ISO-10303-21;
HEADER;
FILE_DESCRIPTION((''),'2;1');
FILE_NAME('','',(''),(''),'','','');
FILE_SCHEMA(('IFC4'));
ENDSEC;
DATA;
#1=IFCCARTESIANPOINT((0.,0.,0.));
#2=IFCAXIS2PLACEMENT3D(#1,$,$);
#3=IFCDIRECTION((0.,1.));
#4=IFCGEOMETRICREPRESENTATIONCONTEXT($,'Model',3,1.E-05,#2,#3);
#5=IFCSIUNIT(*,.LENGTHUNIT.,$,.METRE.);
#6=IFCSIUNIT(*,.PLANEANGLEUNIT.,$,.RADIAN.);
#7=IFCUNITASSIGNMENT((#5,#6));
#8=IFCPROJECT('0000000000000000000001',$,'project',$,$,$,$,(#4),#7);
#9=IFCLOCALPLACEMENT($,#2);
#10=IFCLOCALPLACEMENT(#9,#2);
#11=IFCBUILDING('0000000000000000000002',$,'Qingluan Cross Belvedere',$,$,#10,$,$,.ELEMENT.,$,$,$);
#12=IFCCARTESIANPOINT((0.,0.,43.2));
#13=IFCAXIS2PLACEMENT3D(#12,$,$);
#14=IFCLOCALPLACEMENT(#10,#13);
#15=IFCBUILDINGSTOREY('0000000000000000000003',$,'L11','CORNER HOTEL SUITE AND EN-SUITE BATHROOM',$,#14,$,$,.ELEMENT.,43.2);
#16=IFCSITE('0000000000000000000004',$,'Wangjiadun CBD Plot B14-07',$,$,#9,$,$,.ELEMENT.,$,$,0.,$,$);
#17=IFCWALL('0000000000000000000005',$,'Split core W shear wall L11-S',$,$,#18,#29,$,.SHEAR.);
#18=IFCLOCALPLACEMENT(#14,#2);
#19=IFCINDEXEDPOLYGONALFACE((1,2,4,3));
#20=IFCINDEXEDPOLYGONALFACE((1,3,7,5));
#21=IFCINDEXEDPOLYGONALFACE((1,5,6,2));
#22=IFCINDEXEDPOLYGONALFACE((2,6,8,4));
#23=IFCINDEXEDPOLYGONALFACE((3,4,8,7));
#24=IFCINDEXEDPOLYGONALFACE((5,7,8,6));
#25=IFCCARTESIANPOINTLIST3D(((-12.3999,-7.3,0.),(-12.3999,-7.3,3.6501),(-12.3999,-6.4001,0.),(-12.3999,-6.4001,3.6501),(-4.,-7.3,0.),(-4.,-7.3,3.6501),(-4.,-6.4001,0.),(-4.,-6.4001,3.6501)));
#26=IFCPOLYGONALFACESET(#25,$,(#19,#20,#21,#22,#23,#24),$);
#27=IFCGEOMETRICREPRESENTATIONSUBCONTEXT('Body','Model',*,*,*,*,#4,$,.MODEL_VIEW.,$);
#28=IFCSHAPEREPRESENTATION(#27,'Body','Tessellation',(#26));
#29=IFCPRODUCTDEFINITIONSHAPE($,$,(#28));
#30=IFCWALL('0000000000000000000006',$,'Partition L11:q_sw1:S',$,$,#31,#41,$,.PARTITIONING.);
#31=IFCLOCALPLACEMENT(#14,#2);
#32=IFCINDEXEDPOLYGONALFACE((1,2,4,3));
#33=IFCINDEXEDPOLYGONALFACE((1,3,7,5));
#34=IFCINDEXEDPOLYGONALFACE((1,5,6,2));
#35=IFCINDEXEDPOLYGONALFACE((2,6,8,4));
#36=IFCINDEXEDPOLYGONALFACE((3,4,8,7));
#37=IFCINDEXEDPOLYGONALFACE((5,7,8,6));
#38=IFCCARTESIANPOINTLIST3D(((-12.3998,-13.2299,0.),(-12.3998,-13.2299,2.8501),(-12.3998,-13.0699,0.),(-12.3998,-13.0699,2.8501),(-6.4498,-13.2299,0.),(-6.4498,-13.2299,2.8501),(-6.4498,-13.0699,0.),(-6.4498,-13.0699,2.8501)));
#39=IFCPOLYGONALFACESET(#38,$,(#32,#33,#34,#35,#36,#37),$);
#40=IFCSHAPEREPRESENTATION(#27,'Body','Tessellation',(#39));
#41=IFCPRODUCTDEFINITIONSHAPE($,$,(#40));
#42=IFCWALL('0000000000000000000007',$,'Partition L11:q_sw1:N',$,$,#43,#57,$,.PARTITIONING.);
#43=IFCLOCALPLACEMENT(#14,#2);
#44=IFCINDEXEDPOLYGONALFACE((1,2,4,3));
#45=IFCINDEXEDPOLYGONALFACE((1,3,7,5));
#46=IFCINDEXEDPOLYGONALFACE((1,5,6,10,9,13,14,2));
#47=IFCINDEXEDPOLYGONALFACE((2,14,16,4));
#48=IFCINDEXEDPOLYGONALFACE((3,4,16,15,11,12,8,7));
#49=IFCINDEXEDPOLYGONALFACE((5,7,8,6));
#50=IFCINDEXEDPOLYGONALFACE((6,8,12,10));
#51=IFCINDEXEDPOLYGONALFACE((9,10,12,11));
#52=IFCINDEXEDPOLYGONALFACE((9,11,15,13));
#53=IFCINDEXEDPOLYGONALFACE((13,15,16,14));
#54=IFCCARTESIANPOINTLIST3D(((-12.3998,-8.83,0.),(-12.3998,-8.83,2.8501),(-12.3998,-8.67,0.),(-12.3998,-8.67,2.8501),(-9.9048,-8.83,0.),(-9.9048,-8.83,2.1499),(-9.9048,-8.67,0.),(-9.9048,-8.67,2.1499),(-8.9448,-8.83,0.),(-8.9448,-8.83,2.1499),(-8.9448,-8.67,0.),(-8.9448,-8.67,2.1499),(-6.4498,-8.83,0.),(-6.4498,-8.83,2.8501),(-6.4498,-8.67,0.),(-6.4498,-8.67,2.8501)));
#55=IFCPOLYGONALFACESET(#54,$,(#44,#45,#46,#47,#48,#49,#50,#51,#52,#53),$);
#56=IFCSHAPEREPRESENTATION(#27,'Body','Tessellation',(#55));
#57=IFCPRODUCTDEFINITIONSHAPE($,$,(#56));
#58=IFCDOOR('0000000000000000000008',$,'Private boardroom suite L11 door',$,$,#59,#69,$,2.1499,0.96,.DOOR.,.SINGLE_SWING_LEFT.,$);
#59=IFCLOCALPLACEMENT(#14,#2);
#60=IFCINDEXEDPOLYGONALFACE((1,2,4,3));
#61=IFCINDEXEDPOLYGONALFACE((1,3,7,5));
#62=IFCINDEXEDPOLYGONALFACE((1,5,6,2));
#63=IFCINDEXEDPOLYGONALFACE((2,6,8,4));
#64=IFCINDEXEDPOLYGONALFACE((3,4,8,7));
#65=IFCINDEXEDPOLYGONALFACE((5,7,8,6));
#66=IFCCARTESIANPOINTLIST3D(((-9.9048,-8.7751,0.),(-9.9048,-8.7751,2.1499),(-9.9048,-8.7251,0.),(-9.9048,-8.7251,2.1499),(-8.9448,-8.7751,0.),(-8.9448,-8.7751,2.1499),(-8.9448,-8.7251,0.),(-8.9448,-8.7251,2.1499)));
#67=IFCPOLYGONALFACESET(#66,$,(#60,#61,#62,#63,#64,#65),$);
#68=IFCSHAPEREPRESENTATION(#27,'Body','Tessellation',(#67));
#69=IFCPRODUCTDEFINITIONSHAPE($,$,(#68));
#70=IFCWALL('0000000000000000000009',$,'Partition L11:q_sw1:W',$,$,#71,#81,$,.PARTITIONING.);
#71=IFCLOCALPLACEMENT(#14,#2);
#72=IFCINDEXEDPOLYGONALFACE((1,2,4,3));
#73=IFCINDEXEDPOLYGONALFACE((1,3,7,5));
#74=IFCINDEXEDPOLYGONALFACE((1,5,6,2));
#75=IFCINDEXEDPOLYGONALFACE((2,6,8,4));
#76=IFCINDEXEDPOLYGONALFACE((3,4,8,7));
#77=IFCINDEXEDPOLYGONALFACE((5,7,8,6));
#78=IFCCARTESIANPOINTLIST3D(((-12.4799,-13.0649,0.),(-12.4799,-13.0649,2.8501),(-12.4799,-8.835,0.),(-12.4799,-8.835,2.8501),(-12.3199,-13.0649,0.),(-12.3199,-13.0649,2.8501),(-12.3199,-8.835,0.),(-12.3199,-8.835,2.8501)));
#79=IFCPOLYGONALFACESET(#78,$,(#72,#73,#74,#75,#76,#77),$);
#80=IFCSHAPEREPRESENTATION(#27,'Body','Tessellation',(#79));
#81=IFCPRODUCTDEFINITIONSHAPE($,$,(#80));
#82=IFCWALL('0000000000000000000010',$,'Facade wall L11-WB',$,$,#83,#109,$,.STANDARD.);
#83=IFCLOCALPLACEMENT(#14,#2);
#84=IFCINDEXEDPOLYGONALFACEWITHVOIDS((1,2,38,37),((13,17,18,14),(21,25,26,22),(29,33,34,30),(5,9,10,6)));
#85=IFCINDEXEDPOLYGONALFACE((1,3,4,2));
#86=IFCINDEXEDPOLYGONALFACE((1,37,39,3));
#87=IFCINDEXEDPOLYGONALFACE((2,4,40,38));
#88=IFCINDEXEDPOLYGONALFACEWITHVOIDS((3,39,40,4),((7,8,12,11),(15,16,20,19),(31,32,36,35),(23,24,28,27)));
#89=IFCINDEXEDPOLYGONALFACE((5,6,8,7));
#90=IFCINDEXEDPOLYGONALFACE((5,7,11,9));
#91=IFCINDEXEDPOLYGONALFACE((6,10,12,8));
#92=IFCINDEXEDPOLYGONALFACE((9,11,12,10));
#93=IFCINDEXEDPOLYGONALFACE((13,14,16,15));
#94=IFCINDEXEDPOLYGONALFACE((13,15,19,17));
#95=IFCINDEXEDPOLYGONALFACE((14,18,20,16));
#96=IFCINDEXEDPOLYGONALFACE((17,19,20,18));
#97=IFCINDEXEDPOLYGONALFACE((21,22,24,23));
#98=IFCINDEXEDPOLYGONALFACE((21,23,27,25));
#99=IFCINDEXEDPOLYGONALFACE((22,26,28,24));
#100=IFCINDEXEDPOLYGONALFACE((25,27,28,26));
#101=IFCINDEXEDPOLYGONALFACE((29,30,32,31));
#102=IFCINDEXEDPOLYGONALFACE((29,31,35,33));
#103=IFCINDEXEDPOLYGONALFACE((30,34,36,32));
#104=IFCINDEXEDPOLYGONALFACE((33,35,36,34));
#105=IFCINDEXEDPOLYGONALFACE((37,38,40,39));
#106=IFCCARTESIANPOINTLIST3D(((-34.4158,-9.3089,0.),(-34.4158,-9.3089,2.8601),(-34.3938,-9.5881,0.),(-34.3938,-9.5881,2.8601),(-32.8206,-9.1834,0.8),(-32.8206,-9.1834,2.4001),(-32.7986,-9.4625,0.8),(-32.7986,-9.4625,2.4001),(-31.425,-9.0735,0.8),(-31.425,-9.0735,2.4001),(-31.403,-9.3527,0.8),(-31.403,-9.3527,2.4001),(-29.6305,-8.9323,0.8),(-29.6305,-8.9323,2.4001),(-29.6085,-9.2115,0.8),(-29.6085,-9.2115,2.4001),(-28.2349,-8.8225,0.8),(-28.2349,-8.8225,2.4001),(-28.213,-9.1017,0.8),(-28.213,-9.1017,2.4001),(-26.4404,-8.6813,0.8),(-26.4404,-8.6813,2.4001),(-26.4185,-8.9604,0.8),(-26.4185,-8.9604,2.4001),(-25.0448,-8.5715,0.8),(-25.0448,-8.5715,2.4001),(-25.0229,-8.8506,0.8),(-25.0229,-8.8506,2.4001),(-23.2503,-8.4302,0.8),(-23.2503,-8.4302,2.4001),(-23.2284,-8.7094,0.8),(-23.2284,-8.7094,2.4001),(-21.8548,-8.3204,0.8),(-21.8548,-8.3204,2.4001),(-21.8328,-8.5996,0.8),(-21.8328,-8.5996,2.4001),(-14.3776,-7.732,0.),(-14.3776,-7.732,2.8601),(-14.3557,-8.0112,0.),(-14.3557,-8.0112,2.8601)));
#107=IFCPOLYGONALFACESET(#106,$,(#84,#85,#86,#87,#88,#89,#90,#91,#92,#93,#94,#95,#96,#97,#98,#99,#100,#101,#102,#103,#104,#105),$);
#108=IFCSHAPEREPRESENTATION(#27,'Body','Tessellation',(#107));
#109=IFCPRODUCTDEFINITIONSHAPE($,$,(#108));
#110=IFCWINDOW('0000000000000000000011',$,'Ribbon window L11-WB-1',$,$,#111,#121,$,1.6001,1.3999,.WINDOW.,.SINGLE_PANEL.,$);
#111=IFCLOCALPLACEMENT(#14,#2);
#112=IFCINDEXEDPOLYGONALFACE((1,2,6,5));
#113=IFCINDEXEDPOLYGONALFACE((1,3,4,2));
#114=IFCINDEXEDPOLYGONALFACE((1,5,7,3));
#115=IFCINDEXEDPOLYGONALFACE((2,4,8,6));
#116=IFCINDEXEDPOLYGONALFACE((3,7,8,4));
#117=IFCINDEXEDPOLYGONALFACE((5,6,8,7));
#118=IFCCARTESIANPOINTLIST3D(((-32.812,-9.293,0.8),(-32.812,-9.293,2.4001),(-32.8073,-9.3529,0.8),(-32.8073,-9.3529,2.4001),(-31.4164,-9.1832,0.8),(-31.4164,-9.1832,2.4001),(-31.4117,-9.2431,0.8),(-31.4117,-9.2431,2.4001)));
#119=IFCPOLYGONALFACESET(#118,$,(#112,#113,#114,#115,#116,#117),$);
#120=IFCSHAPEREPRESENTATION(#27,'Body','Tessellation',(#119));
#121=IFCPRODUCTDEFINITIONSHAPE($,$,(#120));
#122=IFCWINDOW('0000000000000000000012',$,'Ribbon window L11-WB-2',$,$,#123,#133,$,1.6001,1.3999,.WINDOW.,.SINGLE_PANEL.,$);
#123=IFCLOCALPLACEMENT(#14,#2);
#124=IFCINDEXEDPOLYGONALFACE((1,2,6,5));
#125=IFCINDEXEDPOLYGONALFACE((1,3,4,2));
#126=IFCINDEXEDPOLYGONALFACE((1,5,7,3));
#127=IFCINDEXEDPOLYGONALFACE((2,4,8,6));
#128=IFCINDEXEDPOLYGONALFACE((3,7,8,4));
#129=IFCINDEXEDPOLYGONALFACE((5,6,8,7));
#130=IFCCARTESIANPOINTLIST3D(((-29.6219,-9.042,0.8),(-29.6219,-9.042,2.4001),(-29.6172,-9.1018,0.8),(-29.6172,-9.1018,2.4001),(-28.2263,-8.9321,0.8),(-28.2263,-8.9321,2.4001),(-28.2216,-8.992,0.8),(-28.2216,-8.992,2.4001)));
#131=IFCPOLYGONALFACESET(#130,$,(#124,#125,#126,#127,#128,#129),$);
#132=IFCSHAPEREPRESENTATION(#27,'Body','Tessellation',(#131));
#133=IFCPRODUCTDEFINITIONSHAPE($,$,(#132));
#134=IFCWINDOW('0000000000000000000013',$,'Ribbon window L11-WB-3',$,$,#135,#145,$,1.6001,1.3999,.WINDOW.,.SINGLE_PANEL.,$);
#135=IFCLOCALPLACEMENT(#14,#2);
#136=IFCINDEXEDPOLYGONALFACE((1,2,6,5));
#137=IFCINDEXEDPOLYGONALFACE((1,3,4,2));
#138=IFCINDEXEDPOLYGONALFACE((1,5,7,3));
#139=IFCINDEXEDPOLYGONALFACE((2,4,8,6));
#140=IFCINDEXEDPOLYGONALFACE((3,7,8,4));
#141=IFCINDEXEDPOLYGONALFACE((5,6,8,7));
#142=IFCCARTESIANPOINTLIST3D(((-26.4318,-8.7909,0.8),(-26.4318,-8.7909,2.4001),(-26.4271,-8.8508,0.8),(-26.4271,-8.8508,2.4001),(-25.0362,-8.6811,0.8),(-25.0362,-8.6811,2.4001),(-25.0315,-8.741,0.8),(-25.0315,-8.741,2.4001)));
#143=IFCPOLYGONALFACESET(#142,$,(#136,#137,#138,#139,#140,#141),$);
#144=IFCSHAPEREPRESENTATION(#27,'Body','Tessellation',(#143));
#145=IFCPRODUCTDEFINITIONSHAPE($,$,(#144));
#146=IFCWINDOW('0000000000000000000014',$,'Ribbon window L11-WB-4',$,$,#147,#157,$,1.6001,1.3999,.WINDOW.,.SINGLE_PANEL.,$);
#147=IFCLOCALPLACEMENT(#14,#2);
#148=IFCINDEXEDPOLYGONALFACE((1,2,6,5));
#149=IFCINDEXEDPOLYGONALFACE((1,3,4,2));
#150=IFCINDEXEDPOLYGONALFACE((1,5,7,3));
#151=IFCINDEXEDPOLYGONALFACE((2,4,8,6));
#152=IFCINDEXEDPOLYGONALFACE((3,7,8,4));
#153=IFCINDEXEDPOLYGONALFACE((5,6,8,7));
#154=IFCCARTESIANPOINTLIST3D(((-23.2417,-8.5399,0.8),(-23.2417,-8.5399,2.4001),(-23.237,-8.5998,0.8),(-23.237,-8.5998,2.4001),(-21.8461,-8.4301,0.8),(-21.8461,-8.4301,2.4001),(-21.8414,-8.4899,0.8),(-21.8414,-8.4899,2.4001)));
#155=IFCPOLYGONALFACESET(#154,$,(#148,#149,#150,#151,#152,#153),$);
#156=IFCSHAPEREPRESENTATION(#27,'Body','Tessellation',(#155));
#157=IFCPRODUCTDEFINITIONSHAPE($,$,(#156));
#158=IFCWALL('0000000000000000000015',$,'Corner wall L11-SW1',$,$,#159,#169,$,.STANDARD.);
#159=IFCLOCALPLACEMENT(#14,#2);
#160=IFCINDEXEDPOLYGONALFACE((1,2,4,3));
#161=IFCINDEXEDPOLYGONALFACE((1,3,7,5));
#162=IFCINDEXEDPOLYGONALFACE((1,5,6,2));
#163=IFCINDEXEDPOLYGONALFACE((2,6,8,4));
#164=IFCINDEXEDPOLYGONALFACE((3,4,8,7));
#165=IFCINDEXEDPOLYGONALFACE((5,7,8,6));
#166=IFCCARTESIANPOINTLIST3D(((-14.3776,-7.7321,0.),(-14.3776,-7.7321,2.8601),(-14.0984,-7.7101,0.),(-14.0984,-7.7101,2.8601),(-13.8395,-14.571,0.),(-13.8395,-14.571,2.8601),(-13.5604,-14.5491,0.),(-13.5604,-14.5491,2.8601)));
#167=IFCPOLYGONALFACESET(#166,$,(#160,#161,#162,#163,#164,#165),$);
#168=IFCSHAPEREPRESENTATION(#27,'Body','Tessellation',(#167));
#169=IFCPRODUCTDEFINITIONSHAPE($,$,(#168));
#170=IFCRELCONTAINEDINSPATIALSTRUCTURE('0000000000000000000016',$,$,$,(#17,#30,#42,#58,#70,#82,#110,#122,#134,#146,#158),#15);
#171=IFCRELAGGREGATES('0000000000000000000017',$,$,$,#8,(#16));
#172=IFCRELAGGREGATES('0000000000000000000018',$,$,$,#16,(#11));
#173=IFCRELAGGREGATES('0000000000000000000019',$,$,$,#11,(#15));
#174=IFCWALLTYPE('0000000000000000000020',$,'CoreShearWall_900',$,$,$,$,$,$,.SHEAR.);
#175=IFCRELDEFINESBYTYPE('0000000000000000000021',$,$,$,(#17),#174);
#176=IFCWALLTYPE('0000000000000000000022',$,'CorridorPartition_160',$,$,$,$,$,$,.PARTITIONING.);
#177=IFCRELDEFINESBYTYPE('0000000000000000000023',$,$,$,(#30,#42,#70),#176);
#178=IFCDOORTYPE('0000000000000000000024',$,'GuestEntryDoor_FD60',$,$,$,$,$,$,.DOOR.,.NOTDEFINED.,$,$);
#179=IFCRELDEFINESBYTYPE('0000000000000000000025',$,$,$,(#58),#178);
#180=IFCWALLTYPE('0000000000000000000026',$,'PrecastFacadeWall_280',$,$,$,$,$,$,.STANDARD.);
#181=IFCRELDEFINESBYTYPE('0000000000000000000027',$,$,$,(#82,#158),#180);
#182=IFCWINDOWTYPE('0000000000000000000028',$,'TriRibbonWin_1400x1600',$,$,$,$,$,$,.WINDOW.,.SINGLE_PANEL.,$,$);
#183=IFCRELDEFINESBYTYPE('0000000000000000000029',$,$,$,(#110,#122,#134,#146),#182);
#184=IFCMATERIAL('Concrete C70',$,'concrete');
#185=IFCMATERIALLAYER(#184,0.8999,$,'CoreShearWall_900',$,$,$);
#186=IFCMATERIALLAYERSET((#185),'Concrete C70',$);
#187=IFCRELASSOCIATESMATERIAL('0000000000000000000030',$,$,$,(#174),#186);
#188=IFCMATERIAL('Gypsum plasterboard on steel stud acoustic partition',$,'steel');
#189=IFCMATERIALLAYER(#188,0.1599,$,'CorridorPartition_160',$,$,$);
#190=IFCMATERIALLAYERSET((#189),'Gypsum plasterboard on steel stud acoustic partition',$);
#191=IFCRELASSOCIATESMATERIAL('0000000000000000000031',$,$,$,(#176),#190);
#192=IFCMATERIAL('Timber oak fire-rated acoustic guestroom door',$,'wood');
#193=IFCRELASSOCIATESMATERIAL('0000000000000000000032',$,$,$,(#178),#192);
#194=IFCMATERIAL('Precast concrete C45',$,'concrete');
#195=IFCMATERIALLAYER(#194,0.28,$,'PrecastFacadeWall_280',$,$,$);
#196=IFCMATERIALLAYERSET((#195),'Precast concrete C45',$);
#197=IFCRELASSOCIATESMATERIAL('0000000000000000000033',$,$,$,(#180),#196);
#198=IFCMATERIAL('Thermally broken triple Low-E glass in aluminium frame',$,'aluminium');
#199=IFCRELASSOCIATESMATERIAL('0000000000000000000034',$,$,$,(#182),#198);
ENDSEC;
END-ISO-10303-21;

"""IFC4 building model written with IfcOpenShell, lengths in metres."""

from ifc_helpers import new_model, si_unit, direction, frame, frame_2d, origin, place, context, subcontext, project, spatial, rectangle, extrude, material, layer, layer_set, type_object, element, fill, save


model = new_model("IFC4")

# Units and contexts
model_context = context("Model", 3, precision=1e-05, world=origin(), true_north=direction((0.0, 1.0)))
body_context = subcontext(model_context, "Body", "Model", "MODEL_VIEW")
ifc_project = project(units=[si_unit("LENGTHUNIT", "METRE"), si_unit("PLANEANGLEUNIT", "RADIAN")], contexts=[model_context])

# Site, building, storey
site_placement = place(None, origin())
site = spatial("IfcSite", under=ifc_project, at=site_placement, Name="Wangjiadun CBD Plot B14-07", CompositionType="ELEMENT", RefElevation=0.0)
building_placement = place(site_placement, origin())
building = spatial("IfcBuilding", under=site, at=building_placement, Name="Qingluan Cross Belvedere", CompositionType="ELEMENT")
storey_placement = place(building_placement, frame((0.0, 0.0, 43.2)))
storey = spatial("IfcBuildingStorey", under=building, at=storey_placement, Name="L11", Description="CORNER HOTEL SUITE AND EN-SUITE BATHROOM", CompositionType="ELEMENT", Elevation=43.2)

# Walls
ifc_material_1 = material(Name="Concrete C70", Category="concrete")
ifc_layer_1 = layer(ifc_material_1, 0.8999, Name="CoreShearWall_900")
ifc_layer_set_1 = layer_set([ifc_layer_1], Name="Concrete C70")
wall_type_1 = type_object("IfcWallType", Name="CoreShearWall_900", PredefinedType="SHEAR", material=ifc_layer_set_1)
wall_1_placement = place(storey_placement, frame((-12.3999, -6.8501, 0.0), z_axis=(0.0, 0.0, 1.0), x_axis=(1.0, 0.0, 0.0)))
element("IfcWall", 1, at=wall_1_placement, inside=storey, type_object=wall_type_1, Name="Split core W shear wall L11-S", PredefinedType="SHEAR", context=body_context, shape_type="SweptSolid", body=[
    extrude(rectangle(XDim=8.3999, YDim=0.8999, at=frame_2d((4.2, 0.0))), origin(), (0.0, 0.0, 1.0), 3.6501),
])
ifc_material_2 = material(Name="Gypsum plasterboard on steel stud acoustic partition", Category="steel")
ifc_layer_2 = layer(ifc_material_2, 0.1599, Name="CorridorPartition_160")
ifc_layer_set_2 = layer_set([ifc_layer_2], Name="Gypsum plasterboard on steel stud acoustic partition")
wall_type_2 = type_object("IfcWallType", Name="CorridorPartition_160", PredefinedType="PARTITIONING", material=ifc_layer_set_2)
wall_2_placement = place(storey_placement, frame((-12.3999, -13.1499, 0.0), z_axis=(0.0, 0.0, 1.0), x_axis=(1.0, 0.0, 0.0)))
element("IfcWall", 2, at=wall_2_placement, inside=storey, type_object=wall_type_2, Name="Partition L11:q_sw1:S", PredefinedType="PARTITIONING", context=body_context, shape_type="SweptSolid", body=[
    extrude(rectangle(XDim=5.95, YDim=0.1599, at=frame_2d((2.9751, 0.0))), origin(), (0.0, 0.0, 1.0), 2.8501),
])

# Wall, opening, door
wall_3_placement = place(storey_placement, frame((-12.3999, -8.75, 0.0), z_axis=(0.0, 0.0, 1.0), x_axis=(1.0, 0.0, 0.0)))
wall_3 = element("IfcWall", 3, at=wall_3_placement, inside=storey, type_object=wall_type_2, Name="Partition L11:q_sw1:N", PredefinedType="PARTITIONING", context=body_context, shape_type="SweptSolid", body=[
    extrude(rectangle(XDim=5.95, YDim=0.1599, at=frame_2d((2.9751, 0.0))), origin(), (0.0, 0.0, 1.0), 2.8501),
])
opening_1_placement = place(wall_3_placement, frame((2.4951, 0.0, 0.0)))
opening_1 = element("IfcOpeningElement", 4, at=opening_1_placement, cuts=wall_3, PredefinedType="OPENING", context=body_context, shape_type="SweptSolid", body=[
    extrude(rectangle(XDim=0.96, YDim=2.1499, at=frame_2d((0.48, 1.075))), frame((0.0, 0.0898, 0.0), z_axis=(0.0, -1.0, 0.0), x_axis=(1.0, 0.0, 0.0)), (0.0, 0.0, 1.0), 0.1799),
])
ifc_material_3 = material(Name="Timber oak fire-rated acoustic guestroom door", Category="wood")
door_type = type_object("IfcDoorType", Name="GuestEntryDoor_FD60", OperationType="NOTDEFINED", PredefinedType="DOOR", material=ifc_material_3)
door_placement = place(opening_1_placement, origin())
door = element("IfcDoor", 5, at=door_placement, inside=storey, type_object=door_type, Name="Private boardroom suite L11 door", OperationType="SINGLE_SWING_LEFT", OverallHeight=2.1499, OverallWidth=0.96, PredefinedType="DOOR", context=body_context, shape_type="SweptSolid", body=[
    extrude(rectangle(XDim=0.96, YDim=2.1499, at=frame_2d((0.48, 1.075))), frame((0.0, 0.0249, 0.0), z_axis=(0.0, -1.0, 0.0), x_axis=(1.0, 0.0, 0.0)), (0.0, 0.0, 1.0), 0.05),
])
fill(opening_1, door)

# Wall
wall_4_placement = place(storey_placement, frame((-12.3999, -13.0649, 0.0), z_axis=(0.0, 0.0, 1.0), x_axis=(0.0, 1.0, 0.0)))
element("IfcWall", 6, at=wall_4_placement, inside=storey, type_object=wall_type_2, Name="Partition L11:q_sw1:W", PredefinedType="PARTITIONING", context=body_context, shape_type="SweptSolid", body=[
    extrude(rectangle(XDim=4.23, YDim=0.1599, at=frame_2d((2.115, 0.0))), origin(), (0.0, 0.0, 1.0), 2.8501),
])

# Wall, openings, windows
ifc_material_4 = material(Name="Precast concrete C45", Category="concrete")
ifc_layer_3 = layer(ifc_material_4, 0.28, Name="PrecastFacadeWall_280")
ifc_layer_set_3 = layer_set([ifc_layer_3], Name="Precast concrete C45")
wall_type_3 = type_object("IfcWallType", Name="PrecastFacadeWall_280", PredefinedType="STANDARD", material=ifc_layer_set_3)
wall_5_placement = place(storey_placement, frame((-34.4048, -9.4485, 0.0), z_axis=(0.0, 0.0, 1.0), x_axis=(0.996918, 0.078453, 0.0)))
wall_5 = element("IfcWall", 7, at=wall_5_placement, inside=storey, type_object=wall_type_3, Name="Facade wall L11-WB", PredefinedType="STANDARD", context=body_context, shape_type="SweptSolid", body=[
    extrude(rectangle(XDim=20.1001, YDim=0.28, at=frame_2d((10.05, 0.0))), origin(), (0.0, 0.0, 1.0), 2.8601),
])
opening_2_placement = place(wall_5_placement, frame((1.6001, 0.0, 0.8)))
opening_2 = element("IfcOpeningElement", 8, at=opening_2_placement, cuts=wall_5, PredefinedType="OPENING", context=body_context, shape_type="SweptSolid", body=[
    extrude(rectangle(XDim=1.3999, YDim=1.6001, at=frame_2d((0.7, 0.8))), frame((0.0, 0.1499, 0.0), z_axis=(0.0, -1.0, 0.0), x_axis=(1.0, 0.0, 0.0)), (0.0, 0.0, 1.0), 0.3),
])
opening_3_placement = place(wall_5_placement, frame((4.8, 0.0, 0.8)))
opening_3 = element("IfcOpeningElement", 9, at=opening_3_placement, cuts=wall_5, PredefinedType="OPENING", context=body_context, shape_type="SweptSolid", body=[
    extrude(rectangle(XDim=1.3999, YDim=1.6001, at=frame_2d((0.7, 0.8))), frame((0.0, 0.1499, 0.0), z_axis=(0.0, -1.0, 0.0), x_axis=(1.0, 0.0, 0.0)), (0.0, 0.0, 1.0), 0.3),
])
opening_4_placement = place(wall_5_placement, frame((8.0, 0.0, 0.8)))
opening_4 = element("IfcOpeningElement", 10, at=opening_4_placement, cuts=wall_5, PredefinedType="OPENING", context=body_context, shape_type="SweptSolid", body=[
    extrude(rectangle(XDim=1.3999, YDim=1.6001, at=frame_2d((0.7, 0.8))), frame((0.0, 0.1499, 0.0), z_axis=(0.0, -1.0, 0.0), x_axis=(1.0, 0.0, 0.0)), (0.0, 0.0, 1.0), 0.3),
])
opening_5_placement = place(wall_5_placement, frame((11.2, 0.0, 0.8)))
opening_5 = element("IfcOpeningElement", 11, at=opening_5_placement, cuts=wall_5, PredefinedType="OPENING", context=body_context, shape_type="SweptSolid", body=[
    extrude(rectangle(XDim=1.3999, YDim=1.6001, at=frame_2d((0.7, 0.8))), frame((0.0, 0.1499, 0.0), z_axis=(0.0, -1.0, 0.0), x_axis=(1.0, 0.0, 0.0)), (0.0, 0.0, 1.0), 0.3),
])
ifc_material_5 = material(Name="Thermally broken triple Low-E glass in aluminium frame", Category="aluminium")
window_type = type_object("IfcWindowType", Name="TriRibbonWin_1400x1600", PartitioningType="SINGLE_PANEL", PredefinedType="WINDOW", material=ifc_material_5)
window_1_placement = place(opening_2_placement, origin())
window_1 = element("IfcWindow", 12, at=window_1_placement, inside=storey, type_object=window_type, Name="Ribbon window L11-WB-1", OverallHeight=1.6001, OverallWidth=1.3999, PartitioningType="SINGLE_PANEL", PredefinedType="WINDOW", context=body_context, shape_type="SweptSolid", body=[
    extrude(rectangle(XDim=1.3999, YDim=1.6001, at=frame_2d((0.7, 0.8))), frame((0.0, 0.03, 0.0), z_axis=(0.0, -1.0, 0.0), x_axis=(1.0, 0.0, 0.0)), (0.0, 0.0, 1.0), 0.0601),
])
fill(opening_2, window_1)
window_2_placement = place(opening_3_placement, origin())
window_2 = element("IfcWindow", 13, at=window_2_placement, inside=storey, type_object=window_type, Name="Ribbon window L11-WB-2", OverallHeight=1.6001, OverallWidth=1.3999, PartitioningType="SINGLE_PANEL", PredefinedType="WINDOW", context=body_context, shape_type="SweptSolid", body=[
    extrude(rectangle(XDim=1.3999, YDim=1.6001, at=frame_2d((0.7, 0.8))), frame((0.0, 0.03, 0.0), z_axis=(0.0, -1.0, 0.0), x_axis=(1.0, 0.0, 0.0)), (0.0, 0.0, 1.0), 0.0601),
])
fill(opening_3, window_2)
window_3_placement = place(opening_4_placement, origin())
window_3 = element("IfcWindow", 14, at=window_3_placement, inside=storey, type_object=window_type, Name="Ribbon window L11-WB-3", OverallHeight=1.6001, OverallWidth=1.3999, PartitioningType="SINGLE_PANEL", PredefinedType="WINDOW", context=body_context, shape_type="SweptSolid", body=[
    extrude(rectangle(XDim=1.3999, YDim=1.6001, at=frame_2d((0.7, 0.8))), frame((0.0, 0.03, 0.0), z_axis=(0.0, -1.0, 0.0), x_axis=(1.0, 0.0, 0.0)), (0.0, 0.0, 1.0), 0.0601),
])
fill(opening_4, window_3)
window_4_placement = place(opening_5_placement, origin())
window_4 = element("IfcWindow", 15, at=window_4_placement, inside=storey, type_object=window_type, Name="Ribbon window L11-WB-4", OverallHeight=1.6001, OverallWidth=1.3999, PartitioningType="SINGLE_PANEL", PredefinedType="WINDOW", context=body_context, shape_type="SweptSolid", body=[
    extrude(rectangle(XDim=1.3999, YDim=1.6001, at=frame_2d((0.7, 0.8))), frame((0.0, 0.03, 0.0), z_axis=(0.0, -1.0, 0.0), x_axis=(1.0, 0.0, 0.0)), (0.0, 0.0, 1.0), 0.0601),
])
fill(opening_5, window_4)

# Wall
wall_6_placement = place(storey_placement, frame((-14.238, -7.7209, 0.0), z_axis=(0.0, 0.0, 1.0), x_axis=(0.078438, -0.996919, 0.0)))
element("IfcWall", 16, at=wall_6_placement, inside=storey, type_object=wall_type_3, Name="Corner wall L11-SW1", PredefinedType="STANDARD", context=body_context, shape_type="SweptSolid", body=[
    extrude(rectangle(XDim=6.8601, YDim=0.28, at=frame_2d((3.4302, 0.0))), origin(), (0.0, 0.0, 1.0), 2.8601),
])

save(model, "model.ifc")
